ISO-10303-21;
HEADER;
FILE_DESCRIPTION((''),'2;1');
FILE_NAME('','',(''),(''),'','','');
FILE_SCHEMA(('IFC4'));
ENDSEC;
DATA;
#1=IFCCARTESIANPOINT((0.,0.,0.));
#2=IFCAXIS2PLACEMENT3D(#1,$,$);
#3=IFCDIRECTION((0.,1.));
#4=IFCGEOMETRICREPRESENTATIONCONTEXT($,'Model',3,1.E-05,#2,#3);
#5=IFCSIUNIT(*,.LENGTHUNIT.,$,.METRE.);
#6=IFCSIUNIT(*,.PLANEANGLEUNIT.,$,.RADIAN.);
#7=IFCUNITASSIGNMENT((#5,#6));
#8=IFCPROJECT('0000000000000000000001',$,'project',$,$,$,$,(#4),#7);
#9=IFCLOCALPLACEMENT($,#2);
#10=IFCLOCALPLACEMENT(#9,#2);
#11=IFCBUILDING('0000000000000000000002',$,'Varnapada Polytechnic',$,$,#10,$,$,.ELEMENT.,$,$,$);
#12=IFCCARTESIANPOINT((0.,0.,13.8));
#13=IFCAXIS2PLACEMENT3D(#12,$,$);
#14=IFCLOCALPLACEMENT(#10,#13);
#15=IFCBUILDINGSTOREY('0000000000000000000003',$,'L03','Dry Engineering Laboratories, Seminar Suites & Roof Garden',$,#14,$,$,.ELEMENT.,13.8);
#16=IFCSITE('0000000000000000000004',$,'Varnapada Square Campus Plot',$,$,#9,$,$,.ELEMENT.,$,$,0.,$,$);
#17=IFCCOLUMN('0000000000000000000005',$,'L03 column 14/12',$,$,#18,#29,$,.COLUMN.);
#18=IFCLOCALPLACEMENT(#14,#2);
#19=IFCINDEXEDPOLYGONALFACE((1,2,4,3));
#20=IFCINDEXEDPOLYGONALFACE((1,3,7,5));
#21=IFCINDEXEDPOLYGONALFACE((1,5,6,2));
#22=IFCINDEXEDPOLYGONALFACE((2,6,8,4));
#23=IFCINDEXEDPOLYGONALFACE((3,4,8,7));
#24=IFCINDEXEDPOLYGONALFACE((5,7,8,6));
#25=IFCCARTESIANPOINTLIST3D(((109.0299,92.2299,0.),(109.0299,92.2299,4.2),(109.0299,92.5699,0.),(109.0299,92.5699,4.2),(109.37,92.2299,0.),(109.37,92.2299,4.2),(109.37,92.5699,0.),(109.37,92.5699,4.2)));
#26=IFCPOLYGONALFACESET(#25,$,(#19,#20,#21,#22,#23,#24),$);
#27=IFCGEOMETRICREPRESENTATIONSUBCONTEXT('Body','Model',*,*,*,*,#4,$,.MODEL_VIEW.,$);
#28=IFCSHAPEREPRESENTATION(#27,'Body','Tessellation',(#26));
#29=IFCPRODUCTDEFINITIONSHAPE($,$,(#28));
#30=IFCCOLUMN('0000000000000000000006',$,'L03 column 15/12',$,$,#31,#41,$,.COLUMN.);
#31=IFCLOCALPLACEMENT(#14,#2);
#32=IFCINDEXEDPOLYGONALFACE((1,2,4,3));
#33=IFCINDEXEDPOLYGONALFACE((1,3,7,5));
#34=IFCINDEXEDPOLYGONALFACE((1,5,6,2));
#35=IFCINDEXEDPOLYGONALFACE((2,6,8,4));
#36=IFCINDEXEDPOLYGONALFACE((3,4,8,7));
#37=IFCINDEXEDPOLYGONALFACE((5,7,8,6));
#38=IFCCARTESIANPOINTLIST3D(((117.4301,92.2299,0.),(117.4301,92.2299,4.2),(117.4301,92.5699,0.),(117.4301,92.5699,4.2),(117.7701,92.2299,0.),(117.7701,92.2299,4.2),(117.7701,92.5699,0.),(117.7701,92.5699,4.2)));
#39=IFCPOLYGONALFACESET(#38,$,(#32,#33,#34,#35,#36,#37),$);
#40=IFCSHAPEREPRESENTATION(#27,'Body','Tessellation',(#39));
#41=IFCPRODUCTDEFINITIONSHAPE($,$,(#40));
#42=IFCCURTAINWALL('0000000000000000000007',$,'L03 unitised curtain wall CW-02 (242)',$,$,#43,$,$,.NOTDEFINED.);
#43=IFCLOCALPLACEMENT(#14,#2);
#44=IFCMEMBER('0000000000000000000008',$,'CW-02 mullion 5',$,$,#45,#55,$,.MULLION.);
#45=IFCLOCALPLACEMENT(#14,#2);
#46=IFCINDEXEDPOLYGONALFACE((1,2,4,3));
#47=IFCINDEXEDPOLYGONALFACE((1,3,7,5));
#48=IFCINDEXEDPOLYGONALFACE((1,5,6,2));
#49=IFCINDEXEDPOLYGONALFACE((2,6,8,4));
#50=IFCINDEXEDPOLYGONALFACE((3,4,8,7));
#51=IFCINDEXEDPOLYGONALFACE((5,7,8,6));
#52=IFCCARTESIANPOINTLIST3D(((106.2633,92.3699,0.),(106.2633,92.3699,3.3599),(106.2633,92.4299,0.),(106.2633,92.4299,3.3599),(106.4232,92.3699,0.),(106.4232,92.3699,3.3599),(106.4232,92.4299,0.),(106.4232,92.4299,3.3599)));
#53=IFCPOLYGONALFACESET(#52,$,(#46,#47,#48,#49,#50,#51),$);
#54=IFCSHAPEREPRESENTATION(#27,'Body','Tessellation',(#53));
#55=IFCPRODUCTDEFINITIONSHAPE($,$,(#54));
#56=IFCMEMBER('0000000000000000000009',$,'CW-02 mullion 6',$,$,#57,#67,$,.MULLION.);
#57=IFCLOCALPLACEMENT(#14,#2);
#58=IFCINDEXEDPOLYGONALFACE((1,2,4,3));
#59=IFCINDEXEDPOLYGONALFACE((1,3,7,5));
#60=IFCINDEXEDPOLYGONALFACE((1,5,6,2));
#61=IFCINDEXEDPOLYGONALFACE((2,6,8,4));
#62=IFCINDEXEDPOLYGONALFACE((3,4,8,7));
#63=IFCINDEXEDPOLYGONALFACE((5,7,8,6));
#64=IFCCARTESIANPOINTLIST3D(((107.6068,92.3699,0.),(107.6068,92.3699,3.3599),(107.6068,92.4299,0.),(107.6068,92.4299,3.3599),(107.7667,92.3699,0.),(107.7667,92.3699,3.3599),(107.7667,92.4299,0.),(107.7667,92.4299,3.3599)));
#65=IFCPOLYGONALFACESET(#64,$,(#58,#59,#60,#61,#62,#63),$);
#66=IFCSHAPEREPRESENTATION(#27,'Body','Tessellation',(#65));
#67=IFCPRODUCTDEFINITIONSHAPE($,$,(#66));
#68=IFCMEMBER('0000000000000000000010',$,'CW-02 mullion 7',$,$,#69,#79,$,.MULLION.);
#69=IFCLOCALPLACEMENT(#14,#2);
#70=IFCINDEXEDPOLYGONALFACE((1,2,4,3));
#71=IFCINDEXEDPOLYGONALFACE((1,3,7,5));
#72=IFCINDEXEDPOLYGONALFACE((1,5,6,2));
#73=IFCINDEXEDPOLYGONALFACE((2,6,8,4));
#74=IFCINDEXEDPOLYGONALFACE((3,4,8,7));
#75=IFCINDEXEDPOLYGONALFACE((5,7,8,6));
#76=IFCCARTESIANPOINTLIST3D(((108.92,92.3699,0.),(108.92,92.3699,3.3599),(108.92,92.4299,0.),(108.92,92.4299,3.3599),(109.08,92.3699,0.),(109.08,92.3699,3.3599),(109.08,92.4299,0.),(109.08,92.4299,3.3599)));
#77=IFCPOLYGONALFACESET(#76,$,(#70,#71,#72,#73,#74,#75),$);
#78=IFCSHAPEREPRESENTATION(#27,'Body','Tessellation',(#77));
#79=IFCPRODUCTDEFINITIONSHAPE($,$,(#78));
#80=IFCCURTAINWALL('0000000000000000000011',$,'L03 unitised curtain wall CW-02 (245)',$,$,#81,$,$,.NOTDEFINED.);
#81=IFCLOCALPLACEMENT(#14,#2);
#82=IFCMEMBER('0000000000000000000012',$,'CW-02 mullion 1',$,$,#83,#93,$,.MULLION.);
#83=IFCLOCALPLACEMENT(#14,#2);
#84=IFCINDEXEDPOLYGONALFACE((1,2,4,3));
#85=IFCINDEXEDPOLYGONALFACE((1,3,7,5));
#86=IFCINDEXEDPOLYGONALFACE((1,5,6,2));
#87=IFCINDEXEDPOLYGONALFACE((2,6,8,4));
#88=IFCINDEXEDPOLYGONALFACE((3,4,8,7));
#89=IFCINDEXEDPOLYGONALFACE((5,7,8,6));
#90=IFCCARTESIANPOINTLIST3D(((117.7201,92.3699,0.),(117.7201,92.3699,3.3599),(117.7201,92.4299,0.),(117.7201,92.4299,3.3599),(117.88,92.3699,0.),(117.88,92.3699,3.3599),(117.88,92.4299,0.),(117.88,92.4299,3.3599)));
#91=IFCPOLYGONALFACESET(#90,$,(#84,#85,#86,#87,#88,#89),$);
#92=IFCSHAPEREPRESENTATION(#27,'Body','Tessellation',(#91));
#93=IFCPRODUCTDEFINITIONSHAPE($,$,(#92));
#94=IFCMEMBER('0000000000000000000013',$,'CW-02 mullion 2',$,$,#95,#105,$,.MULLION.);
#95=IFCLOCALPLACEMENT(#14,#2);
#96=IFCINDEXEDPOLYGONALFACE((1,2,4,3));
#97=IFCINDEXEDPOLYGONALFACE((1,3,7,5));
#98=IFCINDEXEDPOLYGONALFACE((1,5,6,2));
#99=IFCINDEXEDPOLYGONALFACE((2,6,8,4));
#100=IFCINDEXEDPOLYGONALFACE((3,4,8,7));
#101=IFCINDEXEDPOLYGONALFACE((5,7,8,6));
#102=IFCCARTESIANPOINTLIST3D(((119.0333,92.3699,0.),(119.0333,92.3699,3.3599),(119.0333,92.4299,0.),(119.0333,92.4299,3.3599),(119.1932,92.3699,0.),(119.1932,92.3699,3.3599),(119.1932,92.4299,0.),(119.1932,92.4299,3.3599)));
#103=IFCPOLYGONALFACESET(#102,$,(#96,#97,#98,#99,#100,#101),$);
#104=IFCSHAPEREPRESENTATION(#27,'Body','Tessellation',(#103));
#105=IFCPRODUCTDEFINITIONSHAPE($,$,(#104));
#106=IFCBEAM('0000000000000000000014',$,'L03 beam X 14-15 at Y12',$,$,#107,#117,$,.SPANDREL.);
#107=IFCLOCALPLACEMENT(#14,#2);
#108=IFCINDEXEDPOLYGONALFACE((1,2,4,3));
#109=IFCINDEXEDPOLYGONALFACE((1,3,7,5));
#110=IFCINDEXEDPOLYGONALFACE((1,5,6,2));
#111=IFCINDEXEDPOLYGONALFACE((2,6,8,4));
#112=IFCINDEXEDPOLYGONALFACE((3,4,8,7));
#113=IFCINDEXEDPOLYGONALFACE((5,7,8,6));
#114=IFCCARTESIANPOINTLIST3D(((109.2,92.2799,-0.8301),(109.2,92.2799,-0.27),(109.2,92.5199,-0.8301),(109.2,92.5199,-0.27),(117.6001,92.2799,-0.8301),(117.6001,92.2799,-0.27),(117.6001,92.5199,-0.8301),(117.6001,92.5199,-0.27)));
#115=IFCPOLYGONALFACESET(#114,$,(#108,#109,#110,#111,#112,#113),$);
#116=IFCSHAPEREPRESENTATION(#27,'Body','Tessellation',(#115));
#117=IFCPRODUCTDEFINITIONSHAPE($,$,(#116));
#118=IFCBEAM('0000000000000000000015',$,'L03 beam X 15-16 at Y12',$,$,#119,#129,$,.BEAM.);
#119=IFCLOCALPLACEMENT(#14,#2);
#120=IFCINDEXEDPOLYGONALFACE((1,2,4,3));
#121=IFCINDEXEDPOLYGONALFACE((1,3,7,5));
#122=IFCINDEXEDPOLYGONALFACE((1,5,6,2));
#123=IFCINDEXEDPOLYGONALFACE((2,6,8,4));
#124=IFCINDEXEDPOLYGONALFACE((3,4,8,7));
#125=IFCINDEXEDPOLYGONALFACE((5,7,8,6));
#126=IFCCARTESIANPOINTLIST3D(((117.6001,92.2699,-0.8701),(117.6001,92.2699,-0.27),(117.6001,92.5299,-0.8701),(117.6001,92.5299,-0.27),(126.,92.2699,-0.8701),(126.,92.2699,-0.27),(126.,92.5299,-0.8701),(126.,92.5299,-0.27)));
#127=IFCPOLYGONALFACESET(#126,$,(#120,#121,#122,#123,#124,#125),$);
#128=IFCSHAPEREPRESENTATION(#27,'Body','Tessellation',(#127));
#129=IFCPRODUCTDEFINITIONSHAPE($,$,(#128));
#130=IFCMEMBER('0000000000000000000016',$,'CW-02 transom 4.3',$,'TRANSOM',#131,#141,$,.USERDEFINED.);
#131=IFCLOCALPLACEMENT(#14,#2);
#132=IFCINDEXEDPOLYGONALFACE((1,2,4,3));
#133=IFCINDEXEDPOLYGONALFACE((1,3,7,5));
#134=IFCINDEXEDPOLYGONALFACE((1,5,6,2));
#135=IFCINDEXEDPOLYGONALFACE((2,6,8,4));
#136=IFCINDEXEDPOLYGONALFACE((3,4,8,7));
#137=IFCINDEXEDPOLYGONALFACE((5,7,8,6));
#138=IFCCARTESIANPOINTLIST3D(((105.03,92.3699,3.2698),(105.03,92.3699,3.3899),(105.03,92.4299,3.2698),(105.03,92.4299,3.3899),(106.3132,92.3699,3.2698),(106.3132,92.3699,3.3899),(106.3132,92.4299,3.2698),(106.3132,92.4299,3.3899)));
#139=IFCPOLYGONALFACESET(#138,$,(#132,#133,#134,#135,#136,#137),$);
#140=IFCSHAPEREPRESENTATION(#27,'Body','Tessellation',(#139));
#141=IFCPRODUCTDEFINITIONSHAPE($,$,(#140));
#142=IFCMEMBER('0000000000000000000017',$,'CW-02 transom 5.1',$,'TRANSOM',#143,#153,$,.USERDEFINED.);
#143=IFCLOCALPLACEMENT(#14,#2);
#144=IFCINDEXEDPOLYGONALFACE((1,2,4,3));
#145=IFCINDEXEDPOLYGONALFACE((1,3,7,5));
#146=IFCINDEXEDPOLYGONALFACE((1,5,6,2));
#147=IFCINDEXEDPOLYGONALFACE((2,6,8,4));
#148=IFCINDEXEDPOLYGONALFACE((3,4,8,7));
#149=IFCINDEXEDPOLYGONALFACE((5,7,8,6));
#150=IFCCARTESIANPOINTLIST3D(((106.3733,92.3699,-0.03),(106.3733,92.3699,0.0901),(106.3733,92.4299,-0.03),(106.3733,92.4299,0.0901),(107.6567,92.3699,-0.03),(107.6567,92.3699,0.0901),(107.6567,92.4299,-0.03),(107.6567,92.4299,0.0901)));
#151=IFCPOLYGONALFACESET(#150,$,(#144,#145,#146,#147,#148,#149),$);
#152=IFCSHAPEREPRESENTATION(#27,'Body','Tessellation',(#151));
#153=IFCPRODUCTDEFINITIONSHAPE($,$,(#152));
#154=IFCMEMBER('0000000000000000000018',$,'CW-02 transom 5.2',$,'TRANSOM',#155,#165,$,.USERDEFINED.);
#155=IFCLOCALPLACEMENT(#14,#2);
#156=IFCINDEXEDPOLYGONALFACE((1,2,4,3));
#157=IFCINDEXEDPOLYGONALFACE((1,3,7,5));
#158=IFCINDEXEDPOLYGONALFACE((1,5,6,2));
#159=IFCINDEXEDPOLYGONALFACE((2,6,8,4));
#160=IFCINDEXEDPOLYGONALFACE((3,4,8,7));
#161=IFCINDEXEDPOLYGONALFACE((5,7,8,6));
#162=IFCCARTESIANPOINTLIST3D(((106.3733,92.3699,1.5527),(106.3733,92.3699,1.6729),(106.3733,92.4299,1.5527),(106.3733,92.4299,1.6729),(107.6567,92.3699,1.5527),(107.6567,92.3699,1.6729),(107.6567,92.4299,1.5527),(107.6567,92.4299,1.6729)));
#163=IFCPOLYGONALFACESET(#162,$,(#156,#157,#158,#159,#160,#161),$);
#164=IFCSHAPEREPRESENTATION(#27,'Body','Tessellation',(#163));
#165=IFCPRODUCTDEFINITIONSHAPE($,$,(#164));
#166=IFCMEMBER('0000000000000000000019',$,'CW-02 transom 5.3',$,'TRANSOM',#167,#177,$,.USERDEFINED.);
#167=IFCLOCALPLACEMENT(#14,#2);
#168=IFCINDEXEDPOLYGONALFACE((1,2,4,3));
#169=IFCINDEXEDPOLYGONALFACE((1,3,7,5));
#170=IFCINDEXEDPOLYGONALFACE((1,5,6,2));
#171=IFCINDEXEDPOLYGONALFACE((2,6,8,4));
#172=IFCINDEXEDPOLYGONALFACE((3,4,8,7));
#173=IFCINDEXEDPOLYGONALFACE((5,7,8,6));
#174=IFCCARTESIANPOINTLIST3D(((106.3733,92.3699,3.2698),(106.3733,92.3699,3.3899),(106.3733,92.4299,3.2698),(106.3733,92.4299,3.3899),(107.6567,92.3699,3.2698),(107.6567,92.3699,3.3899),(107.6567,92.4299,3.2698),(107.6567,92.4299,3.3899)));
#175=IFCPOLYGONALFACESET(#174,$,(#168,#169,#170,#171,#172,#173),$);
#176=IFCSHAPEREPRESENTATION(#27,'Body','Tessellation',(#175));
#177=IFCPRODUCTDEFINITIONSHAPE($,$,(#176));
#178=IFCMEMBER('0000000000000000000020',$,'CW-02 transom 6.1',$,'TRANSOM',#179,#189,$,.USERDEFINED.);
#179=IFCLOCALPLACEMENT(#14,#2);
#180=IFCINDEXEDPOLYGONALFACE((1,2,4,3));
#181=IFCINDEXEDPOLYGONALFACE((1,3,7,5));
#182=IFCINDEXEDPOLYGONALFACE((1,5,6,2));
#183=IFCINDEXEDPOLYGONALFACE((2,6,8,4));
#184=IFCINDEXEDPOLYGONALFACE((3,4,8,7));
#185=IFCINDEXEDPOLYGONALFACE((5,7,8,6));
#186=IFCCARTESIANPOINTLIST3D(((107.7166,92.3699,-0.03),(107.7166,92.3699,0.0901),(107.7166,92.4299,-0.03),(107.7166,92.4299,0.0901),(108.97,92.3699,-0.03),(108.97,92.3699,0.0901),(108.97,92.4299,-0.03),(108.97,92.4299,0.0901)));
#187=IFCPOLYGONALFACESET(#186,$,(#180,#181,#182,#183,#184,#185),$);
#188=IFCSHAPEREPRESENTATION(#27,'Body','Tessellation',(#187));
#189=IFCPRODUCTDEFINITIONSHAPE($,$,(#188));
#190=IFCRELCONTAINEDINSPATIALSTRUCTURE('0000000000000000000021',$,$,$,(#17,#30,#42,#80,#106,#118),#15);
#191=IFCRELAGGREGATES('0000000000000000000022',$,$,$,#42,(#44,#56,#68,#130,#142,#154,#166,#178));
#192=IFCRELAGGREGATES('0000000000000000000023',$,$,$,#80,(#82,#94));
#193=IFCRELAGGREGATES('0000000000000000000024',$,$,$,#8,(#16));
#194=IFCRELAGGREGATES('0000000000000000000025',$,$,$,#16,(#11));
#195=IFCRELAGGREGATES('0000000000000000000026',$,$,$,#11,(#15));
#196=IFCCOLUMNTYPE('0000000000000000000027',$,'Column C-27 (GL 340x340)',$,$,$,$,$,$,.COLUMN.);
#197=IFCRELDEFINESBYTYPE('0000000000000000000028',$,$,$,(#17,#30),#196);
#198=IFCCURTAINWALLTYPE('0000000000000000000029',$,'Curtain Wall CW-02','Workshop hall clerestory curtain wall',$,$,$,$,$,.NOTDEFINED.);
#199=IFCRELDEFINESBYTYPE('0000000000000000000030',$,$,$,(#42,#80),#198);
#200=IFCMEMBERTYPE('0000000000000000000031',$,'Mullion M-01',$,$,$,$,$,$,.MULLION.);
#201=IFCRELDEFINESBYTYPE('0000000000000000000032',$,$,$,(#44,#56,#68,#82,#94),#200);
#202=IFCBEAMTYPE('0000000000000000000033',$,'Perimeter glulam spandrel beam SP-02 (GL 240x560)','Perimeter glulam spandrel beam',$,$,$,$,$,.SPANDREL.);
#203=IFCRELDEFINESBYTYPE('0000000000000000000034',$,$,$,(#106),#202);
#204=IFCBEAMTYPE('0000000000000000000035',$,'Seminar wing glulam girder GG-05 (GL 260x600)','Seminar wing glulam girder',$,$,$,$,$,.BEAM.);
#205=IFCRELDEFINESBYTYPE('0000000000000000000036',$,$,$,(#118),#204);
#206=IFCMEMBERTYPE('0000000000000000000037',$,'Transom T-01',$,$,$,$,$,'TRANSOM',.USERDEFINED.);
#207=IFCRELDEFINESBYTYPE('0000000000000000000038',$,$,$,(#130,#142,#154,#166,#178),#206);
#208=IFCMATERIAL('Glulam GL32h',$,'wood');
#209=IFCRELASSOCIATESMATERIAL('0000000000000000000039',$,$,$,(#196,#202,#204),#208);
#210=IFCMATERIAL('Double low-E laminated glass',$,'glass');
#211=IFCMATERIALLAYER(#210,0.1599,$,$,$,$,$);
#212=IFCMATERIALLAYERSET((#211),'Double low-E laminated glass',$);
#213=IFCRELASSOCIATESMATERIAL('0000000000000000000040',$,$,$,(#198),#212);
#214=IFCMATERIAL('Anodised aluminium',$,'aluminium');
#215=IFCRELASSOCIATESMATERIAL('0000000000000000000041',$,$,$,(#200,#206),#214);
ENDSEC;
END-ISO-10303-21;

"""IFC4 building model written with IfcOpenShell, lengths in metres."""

from ifc_helpers import new_model, si_unit, direction, frame, origin, origin_2d, place, context, subcontext, project, spatial, rectangle, extrude, material, layer, layer_set, material_profile, profile_set, type_object, element, aggregate, save


model = new_model("IFC4")

# Units and contexts
model_context = context("Model", 3, precision=1e-05, world=origin(), true_north=direction((0.0, 1.0)))
body_context = subcontext(model_context, "Body", "Model", "MODEL_VIEW")
ifc_project = project(units=[si_unit("LENGTHUNIT", "METRE"), si_unit("PLANEANGLEUNIT", "RADIAN")], contexts=[model_context])

# Site, building, storey
site_placement = place(None, origin())
site = spatial("IfcSite", under=ifc_project, at=site_placement, Name="Varnapada Square Campus Plot", CompositionType="ELEMENT", RefElevation=0.0)
building_placement = place(site_placement, origin())
building = spatial("IfcBuilding", under=site, at=building_placement, Name="Varnapada Polytechnic", CompositionType="ELEMENT")
storey_placement = place(building_placement, frame((0.0, 0.0, 13.8)))
storey = spatial("IfcBuildingStorey", under=building, at=storey_placement, Name="L03", Description="Dry Engineering Laboratories, Seminar Suites & Roof Garden", CompositionType="ELEMENT", Elevation=13.8)

# Columns
ifc_material_1 = material(Name="Glulam GL32h", Category="wood")
ifc_material_profile_1 = material_profile(ifc_material_1, rectangle(XDim=0.3401, YDim=0.3401, at=origin_2d()), Name="GL 340x340")
ifc_profile_set_1 = profile_set([ifc_material_profile_1], Name="Glulam GL32h")
column_type = type_object("IfcColumnType", Name="Column C-27 (GL 340x340)", PredefinedType="COLUMN", material=ifc_profile_set_1)
for number, where, z_axis, x_axis, name in (
    (1, (109.2, 92.3999, 0.0), (0.0, 0.0, 1.0), (1.0, 0.0, 0.0), "L03 column 14/12"),
    (2, (117.6001, 92.3999, 0.0), (0.0, 0.0, 1.0), (1.0, 0.0, 0.0), "L03 column 15/12"),
):
    element("IfcColumn", number, at=place(storey_placement, frame(where, z_axis=z_axis, x_axis=x_axis)), inside=storey, type_object=column_type, Name=name, PredefinedType="COLUMN", context=body_context, shape_type="SweptSolid", body=[
        extrude(rectangle(XDim=0.3401, YDim=0.3401, at=origin_2d()), origin(), (0.0, 0.0, 1.0), 4.2),
    ])

# Curtain walls, members
ifc_material_2 = material(Name="Double low-E laminated glass", Category="glass")
ifc_layer_1 = layer(ifc_material_2, 0.1599)
ifc_layer_set_1 = layer_set([ifc_layer_1], Name="Double low-E laminated glass")
curtain_wall_type = type_object("IfcCurtainWallType", Name="Curtain Wall CW-02", Description="Workshop hall clerestory curtain wall", PredefinedType="NOTDEFINED", material=ifc_layer_set_1)
curtain_wall_1_placement = place(storey_placement, origin())
curtain_wall_1 = element("IfcCurtainWall", 3, at=curtain_wall_1_placement, inside=storey, type_object=curtain_wall_type, Name="L03 unitised curtain wall CW-02 (242)", PredefinedType="NOTDEFINED")
ifc_material_3 = material(Name="Anodised aluminium", Category="aluminium")
ifc_material_profile_2 = material_profile(ifc_material_3, rectangle(XDim=0.0601, YDim=0.1599, at=origin_2d()), Name="ALU M60x160")
ifc_profile_set_2 = profile_set([ifc_material_profile_2], Name="Anodised aluminium")
member_type_1 = type_object("IfcMemberType", Name="Mullion M-01", PredefinedType="MULLION", material=ifc_profile_set_2)
member_1_placement = place(storey_placement, frame((106.3433, 92.3999, 0.0), z_axis=(0.0, 0.0, 1.0), x_axis=(0.0, 1.0, 0.0)))
member_1 = element("IfcMember", 4, at=member_1_placement, type_object=member_type_1, Name="CW-02 mullion 5", PredefinedType="MULLION", context=body_context, shape_type="SweptSolid", body=[
    extrude(rectangle(XDim=0.0601, YDim=0.1599, at=origin_2d()), origin(), (0.0, 0.0, 1.0), 3.3599),
])
member_2_placement = place(storey_placement, frame((107.6868, 92.3999, 0.0), z_axis=(0.0, 0.0, 1.0), x_axis=(0.0, 1.0, 0.0)))
member_2 = element("IfcMember", 5, at=member_2_placement, type_object=member_type_1, Name="CW-02 mullion 6", PredefinedType="MULLION", context=body_context, shape_type="SweptSolid", body=[
    extrude(rectangle(XDim=0.0601, YDim=0.1599, at=origin_2d()), origin(), (0.0, 0.0, 1.0), 3.3599),
])
member_3_placement = place(storey_placement, frame((109.0, 92.3999, 0.0), z_axis=(0.0, 0.0, 1.0), x_axis=(0.0, 1.0, 0.0)))
member_3 = element("IfcMember", 6, at=member_3_placement, type_object=member_type_1, Name="CW-02 mullion 7", PredefinedType="MULLION", context=body_context, shape_type="SweptSolid", body=[
    extrude(rectangle(XDim=0.0601, YDim=0.1599, at=origin_2d()), origin(), (0.0, 0.0, 1.0), 3.3599),
])
curtain_wall_2_placement = place(storey_placement, origin())
curtain_wall_2 = element("IfcCurtainWall", 7, at=curtain_wall_2_placement, inside=storey, type_object=curtain_wall_type, Name="L03 unitised curtain wall CW-02 (245)", PredefinedType="NOTDEFINED")
member_4_placement = place(storey_placement, frame((117.8, 92.3999, 0.0), z_axis=(0.0, 0.0, 1.0), x_axis=(0.0, 1.0, 0.0)))
member_4 = element("IfcMember", 8, at=member_4_placement, type_object=member_type_1, Name="CW-02 mullion 1", PredefinedType="MULLION", context=body_context, shape_type="SweptSolid", body=[
    extrude(rectangle(XDim=0.0601, YDim=0.1599, at=origin_2d()), origin(), (0.0, 0.0, 1.0), 3.3599),
])
member_5_placement = place(storey_placement, frame((119.1133, 92.3999, 0.0), z_axis=(0.0, 0.0, 1.0), x_axis=(0.0, 1.0, 0.0)))
member_5 = element("IfcMember", 9, at=member_5_placement, type_object=member_type_1, Name="CW-02 mullion 2", PredefinedType="MULLION", context=body_context, shape_type="SweptSolid", body=[
    extrude(rectangle(XDim=0.0601, YDim=0.1599, at=origin_2d()), origin(), (0.0, 0.0, 1.0), 3.3599),
])

# Beams
ifc_material_profile_3 = material_profile(ifc_material_1, rectangle(XDim=0.24, YDim=0.5601, at=origin_2d()), Name="GL 240x560")
ifc_profile_set_3 = profile_set([ifc_material_profile_3], Name="Glulam GL32h")
beam_type_1 = type_object("IfcBeamType", Name="Perimeter glulam spandrel beam SP-02 (GL 240x560)", Description="Perimeter glulam spandrel beam", PredefinedType="SPANDREL", material=ifc_profile_set_3)
beam_1_placement = place(storey_placement, frame((109.2, 92.3999, -0.55), z_axis=(1.0, 0.0, 0.0), x_axis=(0.0, 1.0, 0.0)))
element("IfcBeam", 10, at=beam_1_placement, inside=storey, type_object=beam_type_1, Name="L03 beam X 14-15 at Y12", PredefinedType="SPANDREL", context=body_context, shape_type="SweptSolid", body=[
    extrude(rectangle(XDim=0.24, YDim=0.5601, at=origin_2d()), origin(), (0.0, 0.0, 1.0), 8.4001),
])
ifc_material_profile_4 = material_profile(ifc_material_1, rectangle(XDim=0.26, YDim=0.6001, at=origin_2d()), Name="GL 260x600")
ifc_profile_set_4 = profile_set([ifc_material_profile_4], Name="Glulam GL32h")
beam_type_2 = type_object("IfcBeamType", Name="Seminar wing glulam girder GG-05 (GL 260x600)", Description="Seminar wing glulam girder", PredefinedType="BEAM", material=ifc_profile_set_4)
beam_2_placement = place(storey_placement, frame((117.6001, 92.3999, -0.5701), z_axis=(1.0, 0.0, 0.0), x_axis=(0.0, 1.0, 0.0)))
element("IfcBeam", 11, at=beam_2_placement, inside=storey, type_object=beam_type_2, Name="L03 beam X 15-16 at Y12", PredefinedType="BEAM", context=body_context, shape_type="SweptSolid", body=[
    extrude(rectangle(XDim=0.26, YDim=0.6001, at=origin_2d()), origin(), (0.0, 0.0, 1.0), 8.3999),
])

# Members
ifc_material_profile_5 = material_profile(ifc_material_3, rectangle(XDim=0.0601, YDim=0.1201, at=origin_2d()), Name="ALU T60x120")
ifc_profile_set_5 = profile_set([ifc_material_profile_5], Name="Anodised aluminium")
member_type_2 = type_object("IfcMemberType", Name="Transom T-01", ElementType="TRANSOM", PredefinedType="USERDEFINED", material=ifc_profile_set_5)
member_6_placement = place(storey_placement, frame((105.03, 92.3999, 3.3298), z_axis=(1.0, 0.0, 0.0), x_axis=(0.0, 1.0, 0.0)))
member_6 = element("IfcMember", 12, at=member_6_placement, type_object=member_type_2, Name="CW-02 transom 4.3", ObjectType="TRANSOM", PredefinedType="USERDEFINED", context=body_context, shape_type="SweptSolid", body=[
    extrude(rectangle(XDim=0.0601, YDim=0.1201, at=origin_2d()), origin(), (0.0, 0.0, 1.0), 1.2832),
])
member_7_placement = place(storey_placement, frame((106.3733, 92.3999, 0.03), z_axis=(1.0, 0.0, 0.0), x_axis=(0.0, 1.0, 0.0)))
member_7 = element("IfcMember", 13, at=member_7_placement, type_object=member_type_2, Name="CW-02 transom 5.1", ObjectType="TRANSOM", PredefinedType="USERDEFINED", context=body_context, shape_type="SweptSolid", body=[
    extrude(rectangle(XDim=0.0601, YDim=0.1201, at=origin_2d()), origin(), (0.0, 0.0, 1.0), 1.2834),
])
member_8_placement = place(storey_placement, frame((106.3733, 92.3999, 1.6128), z_axis=(1.0, 0.0, 0.0), x_axis=(0.0, 1.0, 0.0)))
member_8 = element("IfcMember", 14, at=member_8_placement, type_object=member_type_2, Name="CW-02 transom 5.2", ObjectType="TRANSOM", PredefinedType="USERDEFINED", context=body_context, shape_type="SweptSolid", body=[
    extrude(rectangle(XDim=0.0601, YDim=0.1201, at=origin_2d()), origin(), (0.0, 0.0, 1.0), 1.2834),
])
member_9_placement = place(storey_placement, frame((106.3733, 92.3999, 3.3298), z_axis=(1.0, 0.0, 0.0), x_axis=(0.0, 1.0, 0.0)))
member_9 = element("IfcMember", 15, at=member_9_placement, type_object=member_type_2, Name="CW-02 transom 5.3", ObjectType="TRANSOM", PredefinedType="USERDEFINED", context=body_context, shape_type="SweptSolid", body=[
    extrude(rectangle(XDim=0.0601, YDim=0.1201, at=origin_2d()), origin(), (0.0, 0.0, 1.0), 1.2834),
])
member_10_placement = place(storey_placement, frame((107.7166, 92.3999, 0.03), z_axis=(1.0, 0.0, 0.0), x_axis=(0.0, 1.0, 0.0)))
member_10 = element("IfcMember", 16, at=member_10_placement, type_object=member_type_2, Name="CW-02 transom 6.1", ObjectType="TRANSOM", PredefinedType="USERDEFINED", context=body_context, shape_type="SweptSolid", body=[
    extrude(rectangle(XDim=0.0601, YDim=0.1201, at=origin_2d()), origin(), (0.0, 0.0, 1.0), 1.2534),
])

aggregate(curtain_wall_1, [member_1, member_2, member_3, member_6, member_7, member_8, member_9, member_10])
aggregate(curtain_wall_2, [member_4, member_5])

save(model, "model.ifc")
